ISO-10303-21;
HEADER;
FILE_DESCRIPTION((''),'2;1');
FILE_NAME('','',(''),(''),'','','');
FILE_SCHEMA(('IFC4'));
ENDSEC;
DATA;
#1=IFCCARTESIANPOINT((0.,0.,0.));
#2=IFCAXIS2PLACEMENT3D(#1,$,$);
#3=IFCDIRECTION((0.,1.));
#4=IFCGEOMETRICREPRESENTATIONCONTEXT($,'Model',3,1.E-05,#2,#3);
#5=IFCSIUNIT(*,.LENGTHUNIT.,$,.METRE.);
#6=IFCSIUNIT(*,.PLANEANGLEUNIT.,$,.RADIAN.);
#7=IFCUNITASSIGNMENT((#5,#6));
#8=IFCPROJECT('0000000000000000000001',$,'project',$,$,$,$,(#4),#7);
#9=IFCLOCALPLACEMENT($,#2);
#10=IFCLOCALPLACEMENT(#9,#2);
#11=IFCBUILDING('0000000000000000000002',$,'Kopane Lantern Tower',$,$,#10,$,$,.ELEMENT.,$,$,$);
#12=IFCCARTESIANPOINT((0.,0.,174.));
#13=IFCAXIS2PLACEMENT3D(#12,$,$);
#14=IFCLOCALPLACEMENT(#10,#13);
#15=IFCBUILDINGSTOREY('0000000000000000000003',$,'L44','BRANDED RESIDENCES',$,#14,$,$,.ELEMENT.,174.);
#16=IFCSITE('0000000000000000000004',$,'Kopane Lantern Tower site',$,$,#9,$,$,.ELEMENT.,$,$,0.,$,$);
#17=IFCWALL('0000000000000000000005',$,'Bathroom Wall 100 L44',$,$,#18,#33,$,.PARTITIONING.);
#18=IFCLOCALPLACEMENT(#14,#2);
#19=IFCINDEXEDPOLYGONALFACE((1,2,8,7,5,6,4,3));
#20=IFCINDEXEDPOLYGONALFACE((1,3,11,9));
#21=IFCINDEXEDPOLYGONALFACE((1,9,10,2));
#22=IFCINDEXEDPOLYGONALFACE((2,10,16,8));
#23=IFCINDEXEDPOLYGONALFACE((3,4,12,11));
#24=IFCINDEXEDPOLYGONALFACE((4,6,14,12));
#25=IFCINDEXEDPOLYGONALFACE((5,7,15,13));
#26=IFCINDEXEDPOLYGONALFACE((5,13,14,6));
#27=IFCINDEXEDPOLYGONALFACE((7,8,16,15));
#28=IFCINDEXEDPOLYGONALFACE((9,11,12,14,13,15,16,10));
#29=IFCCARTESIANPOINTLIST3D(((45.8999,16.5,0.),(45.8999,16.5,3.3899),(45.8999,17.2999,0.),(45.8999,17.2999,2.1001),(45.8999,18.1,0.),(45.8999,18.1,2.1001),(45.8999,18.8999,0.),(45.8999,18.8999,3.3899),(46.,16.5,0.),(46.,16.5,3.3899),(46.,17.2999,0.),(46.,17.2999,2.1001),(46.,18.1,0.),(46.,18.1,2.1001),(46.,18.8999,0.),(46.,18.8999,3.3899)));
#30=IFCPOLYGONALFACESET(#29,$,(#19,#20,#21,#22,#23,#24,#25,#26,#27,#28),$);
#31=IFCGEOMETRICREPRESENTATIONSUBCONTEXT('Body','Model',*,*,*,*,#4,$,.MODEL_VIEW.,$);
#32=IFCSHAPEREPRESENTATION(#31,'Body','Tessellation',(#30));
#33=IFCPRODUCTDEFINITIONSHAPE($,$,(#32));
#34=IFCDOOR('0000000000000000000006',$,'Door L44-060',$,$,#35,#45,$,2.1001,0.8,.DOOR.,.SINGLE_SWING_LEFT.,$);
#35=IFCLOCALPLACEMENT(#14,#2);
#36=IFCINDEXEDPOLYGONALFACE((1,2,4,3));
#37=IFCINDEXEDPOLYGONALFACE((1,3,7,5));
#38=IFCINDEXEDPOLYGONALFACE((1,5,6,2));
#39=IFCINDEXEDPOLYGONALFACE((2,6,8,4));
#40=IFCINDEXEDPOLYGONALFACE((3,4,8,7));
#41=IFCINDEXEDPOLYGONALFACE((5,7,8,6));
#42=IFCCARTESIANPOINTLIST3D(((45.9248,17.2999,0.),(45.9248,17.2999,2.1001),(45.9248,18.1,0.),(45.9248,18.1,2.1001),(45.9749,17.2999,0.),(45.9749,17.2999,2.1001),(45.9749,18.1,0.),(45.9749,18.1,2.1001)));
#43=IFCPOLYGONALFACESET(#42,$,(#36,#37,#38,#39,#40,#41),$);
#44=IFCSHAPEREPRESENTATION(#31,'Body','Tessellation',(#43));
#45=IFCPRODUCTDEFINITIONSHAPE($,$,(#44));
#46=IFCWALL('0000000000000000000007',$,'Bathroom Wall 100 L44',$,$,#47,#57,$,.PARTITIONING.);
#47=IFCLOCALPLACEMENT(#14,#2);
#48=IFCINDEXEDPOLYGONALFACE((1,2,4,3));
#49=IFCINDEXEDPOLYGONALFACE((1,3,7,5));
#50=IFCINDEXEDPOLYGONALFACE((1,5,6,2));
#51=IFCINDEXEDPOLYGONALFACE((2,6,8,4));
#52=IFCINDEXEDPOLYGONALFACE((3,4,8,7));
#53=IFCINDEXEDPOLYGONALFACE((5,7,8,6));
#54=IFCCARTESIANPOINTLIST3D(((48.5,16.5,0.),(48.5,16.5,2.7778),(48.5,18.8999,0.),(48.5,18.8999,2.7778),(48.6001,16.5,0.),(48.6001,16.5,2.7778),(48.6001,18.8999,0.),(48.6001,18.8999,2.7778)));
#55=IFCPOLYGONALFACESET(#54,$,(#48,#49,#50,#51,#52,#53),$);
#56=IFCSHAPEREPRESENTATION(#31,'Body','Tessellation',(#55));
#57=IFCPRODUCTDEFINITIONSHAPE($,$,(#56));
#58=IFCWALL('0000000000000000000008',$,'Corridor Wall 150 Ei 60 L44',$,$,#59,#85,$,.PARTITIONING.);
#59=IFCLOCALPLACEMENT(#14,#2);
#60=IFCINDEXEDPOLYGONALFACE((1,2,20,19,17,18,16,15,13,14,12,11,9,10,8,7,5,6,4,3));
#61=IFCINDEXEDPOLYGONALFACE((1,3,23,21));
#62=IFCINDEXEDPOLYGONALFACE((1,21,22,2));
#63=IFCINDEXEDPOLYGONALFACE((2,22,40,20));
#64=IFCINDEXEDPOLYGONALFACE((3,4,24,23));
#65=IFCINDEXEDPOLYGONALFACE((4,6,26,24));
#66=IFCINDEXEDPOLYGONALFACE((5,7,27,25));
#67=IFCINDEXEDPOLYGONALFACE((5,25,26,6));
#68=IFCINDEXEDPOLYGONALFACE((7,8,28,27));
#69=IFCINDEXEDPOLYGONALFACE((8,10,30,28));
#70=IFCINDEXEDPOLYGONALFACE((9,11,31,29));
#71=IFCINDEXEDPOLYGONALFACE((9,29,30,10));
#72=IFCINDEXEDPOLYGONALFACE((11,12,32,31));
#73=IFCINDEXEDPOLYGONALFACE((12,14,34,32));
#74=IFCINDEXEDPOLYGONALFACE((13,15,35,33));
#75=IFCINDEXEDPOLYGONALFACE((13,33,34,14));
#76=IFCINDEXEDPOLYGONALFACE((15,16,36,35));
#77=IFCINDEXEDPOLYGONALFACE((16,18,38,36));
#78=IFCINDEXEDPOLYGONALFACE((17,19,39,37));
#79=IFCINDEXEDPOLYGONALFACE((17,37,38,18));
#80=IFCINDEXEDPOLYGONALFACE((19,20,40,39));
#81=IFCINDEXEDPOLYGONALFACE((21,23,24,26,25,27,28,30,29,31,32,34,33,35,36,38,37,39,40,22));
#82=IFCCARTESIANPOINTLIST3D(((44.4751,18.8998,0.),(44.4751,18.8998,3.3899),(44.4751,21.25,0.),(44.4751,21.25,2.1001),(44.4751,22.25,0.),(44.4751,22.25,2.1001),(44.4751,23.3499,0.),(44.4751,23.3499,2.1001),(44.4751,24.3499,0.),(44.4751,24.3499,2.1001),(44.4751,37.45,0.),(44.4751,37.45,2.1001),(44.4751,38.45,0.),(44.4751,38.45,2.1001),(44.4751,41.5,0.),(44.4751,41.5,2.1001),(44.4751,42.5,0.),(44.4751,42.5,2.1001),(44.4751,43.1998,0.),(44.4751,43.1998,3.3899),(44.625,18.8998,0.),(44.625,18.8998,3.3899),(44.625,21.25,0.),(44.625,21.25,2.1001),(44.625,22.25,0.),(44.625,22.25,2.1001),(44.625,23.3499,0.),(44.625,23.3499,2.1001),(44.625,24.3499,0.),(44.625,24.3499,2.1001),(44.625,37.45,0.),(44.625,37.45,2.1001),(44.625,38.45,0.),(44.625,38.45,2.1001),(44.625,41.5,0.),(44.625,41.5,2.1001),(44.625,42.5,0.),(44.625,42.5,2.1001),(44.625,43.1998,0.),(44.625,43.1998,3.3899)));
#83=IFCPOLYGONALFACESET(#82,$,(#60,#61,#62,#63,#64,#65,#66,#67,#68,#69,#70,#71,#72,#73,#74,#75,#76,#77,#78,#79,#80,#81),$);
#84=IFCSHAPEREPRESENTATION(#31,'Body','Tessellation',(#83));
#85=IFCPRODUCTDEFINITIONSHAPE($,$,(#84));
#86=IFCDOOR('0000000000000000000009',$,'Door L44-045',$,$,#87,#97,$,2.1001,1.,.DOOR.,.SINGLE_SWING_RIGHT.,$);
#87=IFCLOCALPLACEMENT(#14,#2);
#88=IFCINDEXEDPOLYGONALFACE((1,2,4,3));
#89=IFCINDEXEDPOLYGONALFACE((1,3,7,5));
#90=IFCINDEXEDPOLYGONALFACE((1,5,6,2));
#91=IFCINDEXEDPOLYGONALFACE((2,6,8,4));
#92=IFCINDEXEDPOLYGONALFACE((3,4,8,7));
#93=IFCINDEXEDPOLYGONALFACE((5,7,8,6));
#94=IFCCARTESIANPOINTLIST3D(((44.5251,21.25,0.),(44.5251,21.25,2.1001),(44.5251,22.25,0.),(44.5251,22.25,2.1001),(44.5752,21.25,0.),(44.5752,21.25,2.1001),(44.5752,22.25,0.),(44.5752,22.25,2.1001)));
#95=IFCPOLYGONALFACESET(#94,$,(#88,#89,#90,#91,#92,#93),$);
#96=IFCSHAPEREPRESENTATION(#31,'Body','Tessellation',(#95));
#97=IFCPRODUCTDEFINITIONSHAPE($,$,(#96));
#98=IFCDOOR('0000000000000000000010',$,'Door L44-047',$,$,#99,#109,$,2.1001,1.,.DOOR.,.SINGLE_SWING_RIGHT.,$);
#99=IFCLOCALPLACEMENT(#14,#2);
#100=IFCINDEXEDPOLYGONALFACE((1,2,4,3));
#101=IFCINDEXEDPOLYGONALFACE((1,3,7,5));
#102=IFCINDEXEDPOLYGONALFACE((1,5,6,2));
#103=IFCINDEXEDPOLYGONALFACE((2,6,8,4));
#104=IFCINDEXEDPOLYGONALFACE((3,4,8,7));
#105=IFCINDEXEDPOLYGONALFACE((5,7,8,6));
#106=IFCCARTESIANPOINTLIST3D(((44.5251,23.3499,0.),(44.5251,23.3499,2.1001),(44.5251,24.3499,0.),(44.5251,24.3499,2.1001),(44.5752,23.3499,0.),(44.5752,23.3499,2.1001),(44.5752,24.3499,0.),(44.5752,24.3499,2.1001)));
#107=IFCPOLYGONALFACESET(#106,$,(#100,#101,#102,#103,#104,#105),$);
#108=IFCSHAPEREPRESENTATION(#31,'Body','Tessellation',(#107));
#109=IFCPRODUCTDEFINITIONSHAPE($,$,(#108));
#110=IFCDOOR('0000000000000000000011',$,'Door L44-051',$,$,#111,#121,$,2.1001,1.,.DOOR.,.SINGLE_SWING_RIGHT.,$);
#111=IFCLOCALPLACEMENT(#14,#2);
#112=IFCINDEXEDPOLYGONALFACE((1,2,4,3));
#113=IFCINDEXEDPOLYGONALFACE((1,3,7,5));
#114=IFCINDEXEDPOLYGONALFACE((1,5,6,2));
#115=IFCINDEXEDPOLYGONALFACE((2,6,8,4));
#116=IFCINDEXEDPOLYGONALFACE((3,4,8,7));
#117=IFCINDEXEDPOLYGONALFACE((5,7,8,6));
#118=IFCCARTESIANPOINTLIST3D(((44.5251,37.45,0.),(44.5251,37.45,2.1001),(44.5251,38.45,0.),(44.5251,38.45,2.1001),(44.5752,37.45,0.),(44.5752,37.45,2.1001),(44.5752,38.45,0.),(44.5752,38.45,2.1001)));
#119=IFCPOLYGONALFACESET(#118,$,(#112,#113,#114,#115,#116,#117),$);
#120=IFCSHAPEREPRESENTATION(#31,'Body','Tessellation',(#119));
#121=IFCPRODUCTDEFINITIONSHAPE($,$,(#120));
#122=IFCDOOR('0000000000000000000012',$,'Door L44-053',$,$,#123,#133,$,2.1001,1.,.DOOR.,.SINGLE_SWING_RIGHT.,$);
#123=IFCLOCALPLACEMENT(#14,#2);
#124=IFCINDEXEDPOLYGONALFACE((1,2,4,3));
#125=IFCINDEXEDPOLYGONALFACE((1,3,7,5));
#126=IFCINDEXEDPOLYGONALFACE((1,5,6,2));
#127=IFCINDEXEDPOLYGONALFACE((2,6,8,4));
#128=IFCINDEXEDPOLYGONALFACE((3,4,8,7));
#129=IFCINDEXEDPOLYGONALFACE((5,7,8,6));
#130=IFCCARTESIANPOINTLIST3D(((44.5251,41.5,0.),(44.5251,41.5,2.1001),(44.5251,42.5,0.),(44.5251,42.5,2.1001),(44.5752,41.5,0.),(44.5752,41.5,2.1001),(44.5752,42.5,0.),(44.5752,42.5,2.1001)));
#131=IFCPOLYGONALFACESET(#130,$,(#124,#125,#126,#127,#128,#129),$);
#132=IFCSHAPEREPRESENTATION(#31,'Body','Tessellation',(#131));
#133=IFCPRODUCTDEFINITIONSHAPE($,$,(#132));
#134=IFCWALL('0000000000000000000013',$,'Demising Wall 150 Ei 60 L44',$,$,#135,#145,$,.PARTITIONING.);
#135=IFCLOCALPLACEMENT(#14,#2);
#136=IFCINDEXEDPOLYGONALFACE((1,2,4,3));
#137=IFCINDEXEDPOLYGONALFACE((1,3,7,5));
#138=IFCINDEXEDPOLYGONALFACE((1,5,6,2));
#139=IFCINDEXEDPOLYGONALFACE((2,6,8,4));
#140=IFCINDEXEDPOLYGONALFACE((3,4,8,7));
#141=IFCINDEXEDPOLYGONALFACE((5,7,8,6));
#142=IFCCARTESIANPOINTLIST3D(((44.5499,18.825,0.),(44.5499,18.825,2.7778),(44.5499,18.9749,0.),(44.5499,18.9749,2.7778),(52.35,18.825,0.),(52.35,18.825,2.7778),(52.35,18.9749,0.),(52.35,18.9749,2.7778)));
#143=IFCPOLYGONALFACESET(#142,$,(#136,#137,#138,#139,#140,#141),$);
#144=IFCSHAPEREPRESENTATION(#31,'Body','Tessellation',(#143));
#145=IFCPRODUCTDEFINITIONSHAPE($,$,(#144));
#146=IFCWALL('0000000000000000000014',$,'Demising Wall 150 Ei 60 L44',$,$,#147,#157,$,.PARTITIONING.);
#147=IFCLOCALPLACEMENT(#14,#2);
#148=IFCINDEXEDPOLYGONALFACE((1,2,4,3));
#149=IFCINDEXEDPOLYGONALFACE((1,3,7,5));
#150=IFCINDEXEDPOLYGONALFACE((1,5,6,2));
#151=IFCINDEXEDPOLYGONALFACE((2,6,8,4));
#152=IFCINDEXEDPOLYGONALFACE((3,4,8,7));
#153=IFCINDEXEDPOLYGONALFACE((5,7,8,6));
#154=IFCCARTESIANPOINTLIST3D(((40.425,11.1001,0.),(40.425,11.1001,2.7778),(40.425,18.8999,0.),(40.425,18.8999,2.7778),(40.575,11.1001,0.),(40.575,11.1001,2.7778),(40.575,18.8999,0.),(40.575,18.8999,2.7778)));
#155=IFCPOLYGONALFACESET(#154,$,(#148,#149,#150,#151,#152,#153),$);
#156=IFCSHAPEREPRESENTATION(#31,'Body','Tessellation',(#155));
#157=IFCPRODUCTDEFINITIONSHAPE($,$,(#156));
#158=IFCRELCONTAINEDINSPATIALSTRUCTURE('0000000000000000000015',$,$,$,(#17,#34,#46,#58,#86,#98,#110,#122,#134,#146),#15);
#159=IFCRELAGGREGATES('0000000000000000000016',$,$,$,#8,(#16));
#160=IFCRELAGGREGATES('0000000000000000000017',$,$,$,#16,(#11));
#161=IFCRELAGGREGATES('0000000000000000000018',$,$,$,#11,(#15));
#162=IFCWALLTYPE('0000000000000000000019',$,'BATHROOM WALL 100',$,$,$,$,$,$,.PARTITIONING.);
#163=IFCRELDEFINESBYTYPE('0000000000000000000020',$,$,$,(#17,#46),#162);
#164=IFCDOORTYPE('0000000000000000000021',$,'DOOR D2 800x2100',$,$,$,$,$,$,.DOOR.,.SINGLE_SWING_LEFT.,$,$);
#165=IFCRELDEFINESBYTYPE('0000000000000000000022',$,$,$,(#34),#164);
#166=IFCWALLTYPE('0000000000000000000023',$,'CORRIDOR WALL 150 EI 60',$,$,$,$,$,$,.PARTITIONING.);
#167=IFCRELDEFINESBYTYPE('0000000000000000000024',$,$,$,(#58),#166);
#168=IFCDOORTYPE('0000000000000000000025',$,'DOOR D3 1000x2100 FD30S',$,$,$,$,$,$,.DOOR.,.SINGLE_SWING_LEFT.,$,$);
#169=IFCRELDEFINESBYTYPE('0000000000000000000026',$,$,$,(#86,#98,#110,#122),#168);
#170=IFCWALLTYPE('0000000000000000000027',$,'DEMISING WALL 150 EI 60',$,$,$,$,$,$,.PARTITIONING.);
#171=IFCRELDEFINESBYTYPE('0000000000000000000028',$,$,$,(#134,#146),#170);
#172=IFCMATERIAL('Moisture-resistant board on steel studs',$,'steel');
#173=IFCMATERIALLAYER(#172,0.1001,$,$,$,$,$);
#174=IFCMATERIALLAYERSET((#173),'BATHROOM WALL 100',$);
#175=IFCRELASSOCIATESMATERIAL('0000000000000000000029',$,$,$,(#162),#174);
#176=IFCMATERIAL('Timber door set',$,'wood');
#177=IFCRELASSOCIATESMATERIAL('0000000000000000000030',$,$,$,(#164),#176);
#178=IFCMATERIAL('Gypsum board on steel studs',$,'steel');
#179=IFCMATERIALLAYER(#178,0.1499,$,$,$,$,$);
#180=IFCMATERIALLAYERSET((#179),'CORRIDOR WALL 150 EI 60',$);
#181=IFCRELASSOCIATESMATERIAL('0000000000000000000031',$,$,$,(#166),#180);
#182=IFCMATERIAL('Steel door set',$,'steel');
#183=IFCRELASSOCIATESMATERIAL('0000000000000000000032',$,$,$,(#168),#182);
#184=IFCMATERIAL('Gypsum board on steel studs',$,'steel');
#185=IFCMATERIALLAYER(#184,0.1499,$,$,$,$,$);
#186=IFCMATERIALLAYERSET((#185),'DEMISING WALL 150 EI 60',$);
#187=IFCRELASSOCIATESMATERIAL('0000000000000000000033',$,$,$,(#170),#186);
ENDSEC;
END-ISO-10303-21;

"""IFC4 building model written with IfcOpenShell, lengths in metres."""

from ifc_helpers import new_model, si_unit, direction, frame, frame_2d, origin, place, context, subcontext, project, spatial, rectangle, extrude, material, layer, layer_set, type_object, element, fill, save


model = new_model("IFC4")

# Units and contexts
model_context = context("Model", 3, precision=1e-05, world=origin(), true_north=direction((0.0, 1.0)))
body_context = subcontext(model_context, "Body", "Model", "MODEL_VIEW")
ifc_project = project(units=[si_unit("LENGTHUNIT", "METRE"), si_unit("PLANEANGLEUNIT", "RADIAN")], contexts=[model_context])

# Site, building, storey
site_placement = place(None, origin())
site = spatial("IfcSite", under=ifc_project, at=site_placement, Name="Kopane Lantern Tower site", CompositionType="ELEMENT", RefElevation=0.0)
building_placement = place(site_placement, origin())
building = spatial("IfcBuilding", under=site, at=building_placement, Name="Kopane Lantern Tower", CompositionType="ELEMENT")
storey_placement = place(building_placement, frame((0.0, 0.0, 174.0)))
storey = spatial("IfcBuildingStorey", under=building, at=storey_placement, Name="L44", Description="BRANDED RESIDENCES", CompositionType="ELEMENT", Elevation=174.0)

# Shared definitions
ifc_material_1 = material(Name="Moisture-resistant board on steel studs", Category="steel")
ifc_layer_1 = layer(ifc_material_1, 0.1001)
ifc_layer_set_1 = layer_set([ifc_layer_1], Name="BATHROOM WALL 100")
wall_type_1 = type_object("IfcWallType", Name="BATHROOM WALL 100", PredefinedType="PARTITIONING", material=ifc_layer_set_1)

# Wall, opening, door
wall_1_placement = place(storey_placement, frame((45.95, 18.8999, 0.0), z_axis=(0.0, 0.0, 1.0), x_axis=(0.0, -1.0, 0.0)))
wall_1 = element("IfcWall", 1, at=wall_1_placement, inside=storey, type_object=wall_type_1, Name="Bathroom Wall 100 L44", PredefinedType="PARTITIONING", context=body_context, shape_type="SweptSolid", body=[
    extrude(rectangle(XDim=2.3999, YDim=0.1001, at=frame_2d((1.2, 0.0))), origin(), (0.0, 0.0, 1.0), 3.3899),
])
opening_1_placement = place(wall_1_placement, frame((0.8, 0.0, 0.0)))
opening_1 = element("IfcOpeningElement", 2, at=opening_1_placement, cuts=wall_1, PredefinedType="OPENING", context=body_context, shape_type="SweptSolid", body=[
    extrude(rectangle(XDim=0.8, YDim=2.1001, at=frame_2d((0.3999, 1.05))), frame((0.0, 0.0601, 0.0), z_axis=(0.0, -1.0, 0.0), x_axis=(1.0, 0.0, 0.0)), (0.0, 0.0, 1.0), 0.1201),
])
ifc_material_2 = material(Name="Timber door set", Category="wood")
door_type_1 = type_object("IfcDoorType", Name="DOOR D2 800x2100", OperationType="SINGLE_SWING_LEFT", PredefinedType="DOOR", material=ifc_material_2)
door_1_placement = place(opening_1_placement, origin())
door_1 = element("IfcDoor", 3, at=door_1_placement, inside=storey, type_object=door_type_1, Name="Door L44-060", OperationType="SINGLE_SWING_LEFT", OverallHeight=2.1001, OverallWidth=0.8, PredefinedType="DOOR", context=body_context, shape_type="SweptSolid", body=[
    extrude(rectangle(XDim=0.8, YDim=2.1001, at=frame_2d((0.3999, 1.05))), frame((0.0, 0.0249, 0.0), z_axis=(0.0, -1.0, 0.0), x_axis=(1.0, 0.0, 0.0)), (0.0, 0.0, 1.0), 0.05),
])
fill(opening_1, door_1)

# Wall
wall_2_placement = place(storey_placement, frame((48.55, 18.8999, 0.0), z_axis=(0.0, 0.0, 1.0), x_axis=(0.0, -1.0, 0.0)))
element("IfcWall", 4, at=wall_2_placement, inside=storey, type_object=wall_type_1, Name="Bathroom Wall 100 L44", PredefinedType="PARTITIONING", context=body_context, shape_type="SweptSolid", body=[
    extrude(rectangle(XDim=2.3999, YDim=0.1001, at=frame_2d((1.2, 0.0))), origin(), (0.0, 0.0, 1.0), 2.7778),
])

# Wall, openings, doors
ifc_material_3 = material(Name="Gypsum board on steel studs", Category="steel")
ifc_layer_2 = layer(ifc_material_3, 0.1499)
ifc_layer_set_2 = layer_set([ifc_layer_2], Name="CORRIDOR WALL 150 EI 60")
wall_type_2 = type_object("IfcWallType", Name="CORRIDOR WALL 150 EI 60", PredefinedType="PARTITIONING", material=ifc_layer_set_2)
wall_3_placement = place(storey_placement, frame((44.55, 18.8999, 0.0), z_axis=(0.0, 0.0, 1.0), x_axis=(0.0, 1.0, 0.0)))
wall_3 = element("IfcWall", 5, at=wall_3_placement, inside=storey, type_object=wall_type_2, Name="Corridor Wall 150 Ei 60 L44", PredefinedType="PARTITIONING", context=body_context, shape_type="SweptSolid", body=[
    extrude(rectangle(XDim=24.3, YDim=0.1499, at=frame_2d((12.1499, 0.0))), origin(), (0.0, 0.0, 1.0), 3.3899),
])
opening_2_placement = place(wall_3_placement, frame((2.3501, 0.0, 0.0)))
opening_2 = element("IfcOpeningElement", 6, at=opening_2_placement, cuts=wall_3, PredefinedType="OPENING", context=body_context, shape_type="SweptSolid", body=[
    extrude(rectangle(XDim=1.0, YDim=2.1001, at=frame_2d((0.5, 1.05))), frame((0.0, 0.085, 0.0), z_axis=(0.0, -1.0, 0.0), x_axis=(1.0, 0.0, 0.0)), (0.0, 0.0, 1.0), 0.1699),
])
opening_3_placement = place(wall_3_placement, frame((4.45, 0.0, 0.0)))
opening_3 = element("IfcOpeningElement", 7, at=opening_3_placement, cuts=wall_3, PredefinedType="OPENING", context=body_context, shape_type="SweptSolid", body=[
    extrude(rectangle(XDim=1.0, YDim=2.1001, at=frame_2d((0.5, 1.05))), frame((0.0, 0.085, 0.0), z_axis=(0.0, -1.0, 0.0), x_axis=(1.0, 0.0, 0.0)), (0.0, 0.0, 1.0), 0.1699),
])
opening_4_placement = place(wall_3_placement, frame((18.55, 0.0, 0.0)))
opening_4 = element("IfcOpeningElement", 8, at=opening_4_placement, cuts=wall_3, PredefinedType="OPENING", context=body_context, shape_type="SweptSolid", body=[
    extrude(rectangle(XDim=1.0, YDim=2.1001, at=frame_2d((0.5, 1.05))), frame((0.0, 0.085, 0.0), z_axis=(0.0, -1.0, 0.0), x_axis=(1.0, 0.0, 0.0)), (0.0, 0.0, 1.0), 0.1699),
])
opening_5_placement = place(wall_3_placement, frame((22.6001, 0.0, 0.0)))
opening_5 = element("IfcOpeningElement", 9, at=opening_5_placement, cuts=wall_3, PredefinedType="OPENING", context=body_context, shape_type="SweptSolid", body=[
    extrude(rectangle(XDim=1.0, YDim=2.1001, at=frame_2d((0.5, 1.05))), frame((0.0, 0.085, 0.0), z_axis=(0.0, -1.0, 0.0), x_axis=(1.0, 0.0, 0.0)), (0.0, 0.0, 1.0), 0.1699),
])
ifc_material_4 = material(Name="Steel door set", Category="steel")
door_type_2 = type_object("IfcDoorType", Name="DOOR D3 1000x2100 FD30S", OperationType="SINGLE_SWING_LEFT", PredefinedType="DOOR", material=ifc_material_4)
door_2_placement = place(opening_2_placement, origin())
door_2 = element("IfcDoor", 10, at=door_2_placement, inside=storey, type_object=door_type_2, Name="Door L44-045", OperationType="SINGLE_SWING_RIGHT", OverallHeight=2.1001, OverallWidth=1.0, PredefinedType="DOOR", context=body_context, shape_type="SweptSolid", body=[
    extrude(rectangle(XDim=1.0, YDim=2.1001, at=frame_2d((0.5, 1.05))), frame((0.0, 0.0249, 0.0), z_axis=(0.0, -1.0, 0.0), x_axis=(1.0, 0.0, 0.0)), (0.0, 0.0, 1.0), 0.05),
])
fill(opening_2, door_2)
door_3_placement = place(opening_3_placement, origin())
door_3 = element("IfcDoor", 11, at=door_3_placement, inside=storey, type_object=door_type_2, Name="Door L44-047", OperationType="SINGLE_SWING_RIGHT", OverallHeight=2.1001, OverallWidth=1.0, PredefinedType="DOOR", context=body_context, shape_type="SweptSolid", body=[
    extrude(rectangle(XDim=1.0, YDim=2.1001, at=frame_2d((0.5, 1.05))), frame((0.0, 0.0249, 0.0), z_axis=(0.0, -1.0, 0.0), x_axis=(1.0, 0.0, 0.0)), (0.0, 0.0, 1.0), 0.05),
])
fill(opening_3, door_3)
door_4_placement = place(opening_4_placement, origin())
door_4 = element("IfcDoor", 12, at=door_4_placement, inside=storey, type_object=door_type_2, Name="Door L44-051", OperationType="SINGLE_SWING_RIGHT", OverallHeight=2.1001, OverallWidth=1.0, PredefinedType="DOOR", context=body_context, shape_type="SweptSolid", body=[
    extrude(rectangle(XDim=1.0, YDim=2.1001, at=frame_2d((0.5, 1.05))), frame((0.0, 0.0249, 0.0), z_axis=(0.0, -1.0, 0.0), x_axis=(1.0, 0.0, 0.0)), (0.0, 0.0, 1.0), 0.05),
])
fill(opening_4, door_4)
door_5_placement = place(opening_5_placement, origin())
door_5 = element("IfcDoor", 13, at=door_5_placement, inside=storey, type_object=door_type_2, Name="Door L44-053", OperationType="SINGLE_SWING_RIGHT", OverallHeight=2.1001, OverallWidth=1.0, PredefinedType="DOOR", context=body_context, shape_type="SweptSolid", body=[
    extrude(rectangle(XDim=1.0, YDim=2.1001, at=frame_2d((0.5, 1.05))), frame((0.0, 0.0249, 0.0), z_axis=(0.0, -1.0, 0.0), x_axis=(1.0, 0.0, 0.0)), (0.0, 0.0, 1.0), 0.05),
])
fill(opening_5, door_5)

# Walls
ifc_material_5 = material(Name="Gypsum board on steel studs", Category="steel")
ifc_layer_3 = layer(ifc_material_5, 0.1499)
ifc_layer_set_3 = layer_set([ifc_layer_3], Name="DEMISING WALL 150 EI 60")
wall_type_3 = type_object("IfcWallType", Name="DEMISING WALL 150 EI 60", PredefinedType="PARTITIONING", material=ifc_layer_set_3)
wall_4_placement = place(storey_placement, frame((44.55, 18.8999, 0.0), z_axis=(0.0, 0.0, 1.0), x_axis=(1.0, 0.0, 0.0)))
element("IfcWall", 14, at=wall_4_placement, inside=storey, type_object=wall_type_3, Name="Demising Wall 150 Ei 60 L44", PredefinedType="PARTITIONING", context=body_context, shape_type="SweptSolid", body=[
    extrude(rectangle(XDim=7.8, YDim=0.1499, at=frame_2d((3.8999, 0.0))), origin(), (0.0, 0.0, 1.0), 2.7778),
])
wall_5_placement = place(storey_placement, frame((40.5, 18.8999, 0.0), z_axis=(0.0, 0.0, 1.0), x_axis=(0.0, -1.0, 0.0)))
element("IfcWall", 15, at=wall_5_placement, inside=storey, type_object=wall_type_3, Name="Demising Wall 150 Ei 60 L44", PredefinedType="PARTITIONING", context=body_context, shape_type="SweptSolid", body=[
    extrude(rectangle(XDim=7.7998, YDim=0.1499, at=frame_2d((3.8999, 0.0))), origin(), (0.0, 0.0, 1.0), 2.7778),
])

save(model, "model.ifc")
